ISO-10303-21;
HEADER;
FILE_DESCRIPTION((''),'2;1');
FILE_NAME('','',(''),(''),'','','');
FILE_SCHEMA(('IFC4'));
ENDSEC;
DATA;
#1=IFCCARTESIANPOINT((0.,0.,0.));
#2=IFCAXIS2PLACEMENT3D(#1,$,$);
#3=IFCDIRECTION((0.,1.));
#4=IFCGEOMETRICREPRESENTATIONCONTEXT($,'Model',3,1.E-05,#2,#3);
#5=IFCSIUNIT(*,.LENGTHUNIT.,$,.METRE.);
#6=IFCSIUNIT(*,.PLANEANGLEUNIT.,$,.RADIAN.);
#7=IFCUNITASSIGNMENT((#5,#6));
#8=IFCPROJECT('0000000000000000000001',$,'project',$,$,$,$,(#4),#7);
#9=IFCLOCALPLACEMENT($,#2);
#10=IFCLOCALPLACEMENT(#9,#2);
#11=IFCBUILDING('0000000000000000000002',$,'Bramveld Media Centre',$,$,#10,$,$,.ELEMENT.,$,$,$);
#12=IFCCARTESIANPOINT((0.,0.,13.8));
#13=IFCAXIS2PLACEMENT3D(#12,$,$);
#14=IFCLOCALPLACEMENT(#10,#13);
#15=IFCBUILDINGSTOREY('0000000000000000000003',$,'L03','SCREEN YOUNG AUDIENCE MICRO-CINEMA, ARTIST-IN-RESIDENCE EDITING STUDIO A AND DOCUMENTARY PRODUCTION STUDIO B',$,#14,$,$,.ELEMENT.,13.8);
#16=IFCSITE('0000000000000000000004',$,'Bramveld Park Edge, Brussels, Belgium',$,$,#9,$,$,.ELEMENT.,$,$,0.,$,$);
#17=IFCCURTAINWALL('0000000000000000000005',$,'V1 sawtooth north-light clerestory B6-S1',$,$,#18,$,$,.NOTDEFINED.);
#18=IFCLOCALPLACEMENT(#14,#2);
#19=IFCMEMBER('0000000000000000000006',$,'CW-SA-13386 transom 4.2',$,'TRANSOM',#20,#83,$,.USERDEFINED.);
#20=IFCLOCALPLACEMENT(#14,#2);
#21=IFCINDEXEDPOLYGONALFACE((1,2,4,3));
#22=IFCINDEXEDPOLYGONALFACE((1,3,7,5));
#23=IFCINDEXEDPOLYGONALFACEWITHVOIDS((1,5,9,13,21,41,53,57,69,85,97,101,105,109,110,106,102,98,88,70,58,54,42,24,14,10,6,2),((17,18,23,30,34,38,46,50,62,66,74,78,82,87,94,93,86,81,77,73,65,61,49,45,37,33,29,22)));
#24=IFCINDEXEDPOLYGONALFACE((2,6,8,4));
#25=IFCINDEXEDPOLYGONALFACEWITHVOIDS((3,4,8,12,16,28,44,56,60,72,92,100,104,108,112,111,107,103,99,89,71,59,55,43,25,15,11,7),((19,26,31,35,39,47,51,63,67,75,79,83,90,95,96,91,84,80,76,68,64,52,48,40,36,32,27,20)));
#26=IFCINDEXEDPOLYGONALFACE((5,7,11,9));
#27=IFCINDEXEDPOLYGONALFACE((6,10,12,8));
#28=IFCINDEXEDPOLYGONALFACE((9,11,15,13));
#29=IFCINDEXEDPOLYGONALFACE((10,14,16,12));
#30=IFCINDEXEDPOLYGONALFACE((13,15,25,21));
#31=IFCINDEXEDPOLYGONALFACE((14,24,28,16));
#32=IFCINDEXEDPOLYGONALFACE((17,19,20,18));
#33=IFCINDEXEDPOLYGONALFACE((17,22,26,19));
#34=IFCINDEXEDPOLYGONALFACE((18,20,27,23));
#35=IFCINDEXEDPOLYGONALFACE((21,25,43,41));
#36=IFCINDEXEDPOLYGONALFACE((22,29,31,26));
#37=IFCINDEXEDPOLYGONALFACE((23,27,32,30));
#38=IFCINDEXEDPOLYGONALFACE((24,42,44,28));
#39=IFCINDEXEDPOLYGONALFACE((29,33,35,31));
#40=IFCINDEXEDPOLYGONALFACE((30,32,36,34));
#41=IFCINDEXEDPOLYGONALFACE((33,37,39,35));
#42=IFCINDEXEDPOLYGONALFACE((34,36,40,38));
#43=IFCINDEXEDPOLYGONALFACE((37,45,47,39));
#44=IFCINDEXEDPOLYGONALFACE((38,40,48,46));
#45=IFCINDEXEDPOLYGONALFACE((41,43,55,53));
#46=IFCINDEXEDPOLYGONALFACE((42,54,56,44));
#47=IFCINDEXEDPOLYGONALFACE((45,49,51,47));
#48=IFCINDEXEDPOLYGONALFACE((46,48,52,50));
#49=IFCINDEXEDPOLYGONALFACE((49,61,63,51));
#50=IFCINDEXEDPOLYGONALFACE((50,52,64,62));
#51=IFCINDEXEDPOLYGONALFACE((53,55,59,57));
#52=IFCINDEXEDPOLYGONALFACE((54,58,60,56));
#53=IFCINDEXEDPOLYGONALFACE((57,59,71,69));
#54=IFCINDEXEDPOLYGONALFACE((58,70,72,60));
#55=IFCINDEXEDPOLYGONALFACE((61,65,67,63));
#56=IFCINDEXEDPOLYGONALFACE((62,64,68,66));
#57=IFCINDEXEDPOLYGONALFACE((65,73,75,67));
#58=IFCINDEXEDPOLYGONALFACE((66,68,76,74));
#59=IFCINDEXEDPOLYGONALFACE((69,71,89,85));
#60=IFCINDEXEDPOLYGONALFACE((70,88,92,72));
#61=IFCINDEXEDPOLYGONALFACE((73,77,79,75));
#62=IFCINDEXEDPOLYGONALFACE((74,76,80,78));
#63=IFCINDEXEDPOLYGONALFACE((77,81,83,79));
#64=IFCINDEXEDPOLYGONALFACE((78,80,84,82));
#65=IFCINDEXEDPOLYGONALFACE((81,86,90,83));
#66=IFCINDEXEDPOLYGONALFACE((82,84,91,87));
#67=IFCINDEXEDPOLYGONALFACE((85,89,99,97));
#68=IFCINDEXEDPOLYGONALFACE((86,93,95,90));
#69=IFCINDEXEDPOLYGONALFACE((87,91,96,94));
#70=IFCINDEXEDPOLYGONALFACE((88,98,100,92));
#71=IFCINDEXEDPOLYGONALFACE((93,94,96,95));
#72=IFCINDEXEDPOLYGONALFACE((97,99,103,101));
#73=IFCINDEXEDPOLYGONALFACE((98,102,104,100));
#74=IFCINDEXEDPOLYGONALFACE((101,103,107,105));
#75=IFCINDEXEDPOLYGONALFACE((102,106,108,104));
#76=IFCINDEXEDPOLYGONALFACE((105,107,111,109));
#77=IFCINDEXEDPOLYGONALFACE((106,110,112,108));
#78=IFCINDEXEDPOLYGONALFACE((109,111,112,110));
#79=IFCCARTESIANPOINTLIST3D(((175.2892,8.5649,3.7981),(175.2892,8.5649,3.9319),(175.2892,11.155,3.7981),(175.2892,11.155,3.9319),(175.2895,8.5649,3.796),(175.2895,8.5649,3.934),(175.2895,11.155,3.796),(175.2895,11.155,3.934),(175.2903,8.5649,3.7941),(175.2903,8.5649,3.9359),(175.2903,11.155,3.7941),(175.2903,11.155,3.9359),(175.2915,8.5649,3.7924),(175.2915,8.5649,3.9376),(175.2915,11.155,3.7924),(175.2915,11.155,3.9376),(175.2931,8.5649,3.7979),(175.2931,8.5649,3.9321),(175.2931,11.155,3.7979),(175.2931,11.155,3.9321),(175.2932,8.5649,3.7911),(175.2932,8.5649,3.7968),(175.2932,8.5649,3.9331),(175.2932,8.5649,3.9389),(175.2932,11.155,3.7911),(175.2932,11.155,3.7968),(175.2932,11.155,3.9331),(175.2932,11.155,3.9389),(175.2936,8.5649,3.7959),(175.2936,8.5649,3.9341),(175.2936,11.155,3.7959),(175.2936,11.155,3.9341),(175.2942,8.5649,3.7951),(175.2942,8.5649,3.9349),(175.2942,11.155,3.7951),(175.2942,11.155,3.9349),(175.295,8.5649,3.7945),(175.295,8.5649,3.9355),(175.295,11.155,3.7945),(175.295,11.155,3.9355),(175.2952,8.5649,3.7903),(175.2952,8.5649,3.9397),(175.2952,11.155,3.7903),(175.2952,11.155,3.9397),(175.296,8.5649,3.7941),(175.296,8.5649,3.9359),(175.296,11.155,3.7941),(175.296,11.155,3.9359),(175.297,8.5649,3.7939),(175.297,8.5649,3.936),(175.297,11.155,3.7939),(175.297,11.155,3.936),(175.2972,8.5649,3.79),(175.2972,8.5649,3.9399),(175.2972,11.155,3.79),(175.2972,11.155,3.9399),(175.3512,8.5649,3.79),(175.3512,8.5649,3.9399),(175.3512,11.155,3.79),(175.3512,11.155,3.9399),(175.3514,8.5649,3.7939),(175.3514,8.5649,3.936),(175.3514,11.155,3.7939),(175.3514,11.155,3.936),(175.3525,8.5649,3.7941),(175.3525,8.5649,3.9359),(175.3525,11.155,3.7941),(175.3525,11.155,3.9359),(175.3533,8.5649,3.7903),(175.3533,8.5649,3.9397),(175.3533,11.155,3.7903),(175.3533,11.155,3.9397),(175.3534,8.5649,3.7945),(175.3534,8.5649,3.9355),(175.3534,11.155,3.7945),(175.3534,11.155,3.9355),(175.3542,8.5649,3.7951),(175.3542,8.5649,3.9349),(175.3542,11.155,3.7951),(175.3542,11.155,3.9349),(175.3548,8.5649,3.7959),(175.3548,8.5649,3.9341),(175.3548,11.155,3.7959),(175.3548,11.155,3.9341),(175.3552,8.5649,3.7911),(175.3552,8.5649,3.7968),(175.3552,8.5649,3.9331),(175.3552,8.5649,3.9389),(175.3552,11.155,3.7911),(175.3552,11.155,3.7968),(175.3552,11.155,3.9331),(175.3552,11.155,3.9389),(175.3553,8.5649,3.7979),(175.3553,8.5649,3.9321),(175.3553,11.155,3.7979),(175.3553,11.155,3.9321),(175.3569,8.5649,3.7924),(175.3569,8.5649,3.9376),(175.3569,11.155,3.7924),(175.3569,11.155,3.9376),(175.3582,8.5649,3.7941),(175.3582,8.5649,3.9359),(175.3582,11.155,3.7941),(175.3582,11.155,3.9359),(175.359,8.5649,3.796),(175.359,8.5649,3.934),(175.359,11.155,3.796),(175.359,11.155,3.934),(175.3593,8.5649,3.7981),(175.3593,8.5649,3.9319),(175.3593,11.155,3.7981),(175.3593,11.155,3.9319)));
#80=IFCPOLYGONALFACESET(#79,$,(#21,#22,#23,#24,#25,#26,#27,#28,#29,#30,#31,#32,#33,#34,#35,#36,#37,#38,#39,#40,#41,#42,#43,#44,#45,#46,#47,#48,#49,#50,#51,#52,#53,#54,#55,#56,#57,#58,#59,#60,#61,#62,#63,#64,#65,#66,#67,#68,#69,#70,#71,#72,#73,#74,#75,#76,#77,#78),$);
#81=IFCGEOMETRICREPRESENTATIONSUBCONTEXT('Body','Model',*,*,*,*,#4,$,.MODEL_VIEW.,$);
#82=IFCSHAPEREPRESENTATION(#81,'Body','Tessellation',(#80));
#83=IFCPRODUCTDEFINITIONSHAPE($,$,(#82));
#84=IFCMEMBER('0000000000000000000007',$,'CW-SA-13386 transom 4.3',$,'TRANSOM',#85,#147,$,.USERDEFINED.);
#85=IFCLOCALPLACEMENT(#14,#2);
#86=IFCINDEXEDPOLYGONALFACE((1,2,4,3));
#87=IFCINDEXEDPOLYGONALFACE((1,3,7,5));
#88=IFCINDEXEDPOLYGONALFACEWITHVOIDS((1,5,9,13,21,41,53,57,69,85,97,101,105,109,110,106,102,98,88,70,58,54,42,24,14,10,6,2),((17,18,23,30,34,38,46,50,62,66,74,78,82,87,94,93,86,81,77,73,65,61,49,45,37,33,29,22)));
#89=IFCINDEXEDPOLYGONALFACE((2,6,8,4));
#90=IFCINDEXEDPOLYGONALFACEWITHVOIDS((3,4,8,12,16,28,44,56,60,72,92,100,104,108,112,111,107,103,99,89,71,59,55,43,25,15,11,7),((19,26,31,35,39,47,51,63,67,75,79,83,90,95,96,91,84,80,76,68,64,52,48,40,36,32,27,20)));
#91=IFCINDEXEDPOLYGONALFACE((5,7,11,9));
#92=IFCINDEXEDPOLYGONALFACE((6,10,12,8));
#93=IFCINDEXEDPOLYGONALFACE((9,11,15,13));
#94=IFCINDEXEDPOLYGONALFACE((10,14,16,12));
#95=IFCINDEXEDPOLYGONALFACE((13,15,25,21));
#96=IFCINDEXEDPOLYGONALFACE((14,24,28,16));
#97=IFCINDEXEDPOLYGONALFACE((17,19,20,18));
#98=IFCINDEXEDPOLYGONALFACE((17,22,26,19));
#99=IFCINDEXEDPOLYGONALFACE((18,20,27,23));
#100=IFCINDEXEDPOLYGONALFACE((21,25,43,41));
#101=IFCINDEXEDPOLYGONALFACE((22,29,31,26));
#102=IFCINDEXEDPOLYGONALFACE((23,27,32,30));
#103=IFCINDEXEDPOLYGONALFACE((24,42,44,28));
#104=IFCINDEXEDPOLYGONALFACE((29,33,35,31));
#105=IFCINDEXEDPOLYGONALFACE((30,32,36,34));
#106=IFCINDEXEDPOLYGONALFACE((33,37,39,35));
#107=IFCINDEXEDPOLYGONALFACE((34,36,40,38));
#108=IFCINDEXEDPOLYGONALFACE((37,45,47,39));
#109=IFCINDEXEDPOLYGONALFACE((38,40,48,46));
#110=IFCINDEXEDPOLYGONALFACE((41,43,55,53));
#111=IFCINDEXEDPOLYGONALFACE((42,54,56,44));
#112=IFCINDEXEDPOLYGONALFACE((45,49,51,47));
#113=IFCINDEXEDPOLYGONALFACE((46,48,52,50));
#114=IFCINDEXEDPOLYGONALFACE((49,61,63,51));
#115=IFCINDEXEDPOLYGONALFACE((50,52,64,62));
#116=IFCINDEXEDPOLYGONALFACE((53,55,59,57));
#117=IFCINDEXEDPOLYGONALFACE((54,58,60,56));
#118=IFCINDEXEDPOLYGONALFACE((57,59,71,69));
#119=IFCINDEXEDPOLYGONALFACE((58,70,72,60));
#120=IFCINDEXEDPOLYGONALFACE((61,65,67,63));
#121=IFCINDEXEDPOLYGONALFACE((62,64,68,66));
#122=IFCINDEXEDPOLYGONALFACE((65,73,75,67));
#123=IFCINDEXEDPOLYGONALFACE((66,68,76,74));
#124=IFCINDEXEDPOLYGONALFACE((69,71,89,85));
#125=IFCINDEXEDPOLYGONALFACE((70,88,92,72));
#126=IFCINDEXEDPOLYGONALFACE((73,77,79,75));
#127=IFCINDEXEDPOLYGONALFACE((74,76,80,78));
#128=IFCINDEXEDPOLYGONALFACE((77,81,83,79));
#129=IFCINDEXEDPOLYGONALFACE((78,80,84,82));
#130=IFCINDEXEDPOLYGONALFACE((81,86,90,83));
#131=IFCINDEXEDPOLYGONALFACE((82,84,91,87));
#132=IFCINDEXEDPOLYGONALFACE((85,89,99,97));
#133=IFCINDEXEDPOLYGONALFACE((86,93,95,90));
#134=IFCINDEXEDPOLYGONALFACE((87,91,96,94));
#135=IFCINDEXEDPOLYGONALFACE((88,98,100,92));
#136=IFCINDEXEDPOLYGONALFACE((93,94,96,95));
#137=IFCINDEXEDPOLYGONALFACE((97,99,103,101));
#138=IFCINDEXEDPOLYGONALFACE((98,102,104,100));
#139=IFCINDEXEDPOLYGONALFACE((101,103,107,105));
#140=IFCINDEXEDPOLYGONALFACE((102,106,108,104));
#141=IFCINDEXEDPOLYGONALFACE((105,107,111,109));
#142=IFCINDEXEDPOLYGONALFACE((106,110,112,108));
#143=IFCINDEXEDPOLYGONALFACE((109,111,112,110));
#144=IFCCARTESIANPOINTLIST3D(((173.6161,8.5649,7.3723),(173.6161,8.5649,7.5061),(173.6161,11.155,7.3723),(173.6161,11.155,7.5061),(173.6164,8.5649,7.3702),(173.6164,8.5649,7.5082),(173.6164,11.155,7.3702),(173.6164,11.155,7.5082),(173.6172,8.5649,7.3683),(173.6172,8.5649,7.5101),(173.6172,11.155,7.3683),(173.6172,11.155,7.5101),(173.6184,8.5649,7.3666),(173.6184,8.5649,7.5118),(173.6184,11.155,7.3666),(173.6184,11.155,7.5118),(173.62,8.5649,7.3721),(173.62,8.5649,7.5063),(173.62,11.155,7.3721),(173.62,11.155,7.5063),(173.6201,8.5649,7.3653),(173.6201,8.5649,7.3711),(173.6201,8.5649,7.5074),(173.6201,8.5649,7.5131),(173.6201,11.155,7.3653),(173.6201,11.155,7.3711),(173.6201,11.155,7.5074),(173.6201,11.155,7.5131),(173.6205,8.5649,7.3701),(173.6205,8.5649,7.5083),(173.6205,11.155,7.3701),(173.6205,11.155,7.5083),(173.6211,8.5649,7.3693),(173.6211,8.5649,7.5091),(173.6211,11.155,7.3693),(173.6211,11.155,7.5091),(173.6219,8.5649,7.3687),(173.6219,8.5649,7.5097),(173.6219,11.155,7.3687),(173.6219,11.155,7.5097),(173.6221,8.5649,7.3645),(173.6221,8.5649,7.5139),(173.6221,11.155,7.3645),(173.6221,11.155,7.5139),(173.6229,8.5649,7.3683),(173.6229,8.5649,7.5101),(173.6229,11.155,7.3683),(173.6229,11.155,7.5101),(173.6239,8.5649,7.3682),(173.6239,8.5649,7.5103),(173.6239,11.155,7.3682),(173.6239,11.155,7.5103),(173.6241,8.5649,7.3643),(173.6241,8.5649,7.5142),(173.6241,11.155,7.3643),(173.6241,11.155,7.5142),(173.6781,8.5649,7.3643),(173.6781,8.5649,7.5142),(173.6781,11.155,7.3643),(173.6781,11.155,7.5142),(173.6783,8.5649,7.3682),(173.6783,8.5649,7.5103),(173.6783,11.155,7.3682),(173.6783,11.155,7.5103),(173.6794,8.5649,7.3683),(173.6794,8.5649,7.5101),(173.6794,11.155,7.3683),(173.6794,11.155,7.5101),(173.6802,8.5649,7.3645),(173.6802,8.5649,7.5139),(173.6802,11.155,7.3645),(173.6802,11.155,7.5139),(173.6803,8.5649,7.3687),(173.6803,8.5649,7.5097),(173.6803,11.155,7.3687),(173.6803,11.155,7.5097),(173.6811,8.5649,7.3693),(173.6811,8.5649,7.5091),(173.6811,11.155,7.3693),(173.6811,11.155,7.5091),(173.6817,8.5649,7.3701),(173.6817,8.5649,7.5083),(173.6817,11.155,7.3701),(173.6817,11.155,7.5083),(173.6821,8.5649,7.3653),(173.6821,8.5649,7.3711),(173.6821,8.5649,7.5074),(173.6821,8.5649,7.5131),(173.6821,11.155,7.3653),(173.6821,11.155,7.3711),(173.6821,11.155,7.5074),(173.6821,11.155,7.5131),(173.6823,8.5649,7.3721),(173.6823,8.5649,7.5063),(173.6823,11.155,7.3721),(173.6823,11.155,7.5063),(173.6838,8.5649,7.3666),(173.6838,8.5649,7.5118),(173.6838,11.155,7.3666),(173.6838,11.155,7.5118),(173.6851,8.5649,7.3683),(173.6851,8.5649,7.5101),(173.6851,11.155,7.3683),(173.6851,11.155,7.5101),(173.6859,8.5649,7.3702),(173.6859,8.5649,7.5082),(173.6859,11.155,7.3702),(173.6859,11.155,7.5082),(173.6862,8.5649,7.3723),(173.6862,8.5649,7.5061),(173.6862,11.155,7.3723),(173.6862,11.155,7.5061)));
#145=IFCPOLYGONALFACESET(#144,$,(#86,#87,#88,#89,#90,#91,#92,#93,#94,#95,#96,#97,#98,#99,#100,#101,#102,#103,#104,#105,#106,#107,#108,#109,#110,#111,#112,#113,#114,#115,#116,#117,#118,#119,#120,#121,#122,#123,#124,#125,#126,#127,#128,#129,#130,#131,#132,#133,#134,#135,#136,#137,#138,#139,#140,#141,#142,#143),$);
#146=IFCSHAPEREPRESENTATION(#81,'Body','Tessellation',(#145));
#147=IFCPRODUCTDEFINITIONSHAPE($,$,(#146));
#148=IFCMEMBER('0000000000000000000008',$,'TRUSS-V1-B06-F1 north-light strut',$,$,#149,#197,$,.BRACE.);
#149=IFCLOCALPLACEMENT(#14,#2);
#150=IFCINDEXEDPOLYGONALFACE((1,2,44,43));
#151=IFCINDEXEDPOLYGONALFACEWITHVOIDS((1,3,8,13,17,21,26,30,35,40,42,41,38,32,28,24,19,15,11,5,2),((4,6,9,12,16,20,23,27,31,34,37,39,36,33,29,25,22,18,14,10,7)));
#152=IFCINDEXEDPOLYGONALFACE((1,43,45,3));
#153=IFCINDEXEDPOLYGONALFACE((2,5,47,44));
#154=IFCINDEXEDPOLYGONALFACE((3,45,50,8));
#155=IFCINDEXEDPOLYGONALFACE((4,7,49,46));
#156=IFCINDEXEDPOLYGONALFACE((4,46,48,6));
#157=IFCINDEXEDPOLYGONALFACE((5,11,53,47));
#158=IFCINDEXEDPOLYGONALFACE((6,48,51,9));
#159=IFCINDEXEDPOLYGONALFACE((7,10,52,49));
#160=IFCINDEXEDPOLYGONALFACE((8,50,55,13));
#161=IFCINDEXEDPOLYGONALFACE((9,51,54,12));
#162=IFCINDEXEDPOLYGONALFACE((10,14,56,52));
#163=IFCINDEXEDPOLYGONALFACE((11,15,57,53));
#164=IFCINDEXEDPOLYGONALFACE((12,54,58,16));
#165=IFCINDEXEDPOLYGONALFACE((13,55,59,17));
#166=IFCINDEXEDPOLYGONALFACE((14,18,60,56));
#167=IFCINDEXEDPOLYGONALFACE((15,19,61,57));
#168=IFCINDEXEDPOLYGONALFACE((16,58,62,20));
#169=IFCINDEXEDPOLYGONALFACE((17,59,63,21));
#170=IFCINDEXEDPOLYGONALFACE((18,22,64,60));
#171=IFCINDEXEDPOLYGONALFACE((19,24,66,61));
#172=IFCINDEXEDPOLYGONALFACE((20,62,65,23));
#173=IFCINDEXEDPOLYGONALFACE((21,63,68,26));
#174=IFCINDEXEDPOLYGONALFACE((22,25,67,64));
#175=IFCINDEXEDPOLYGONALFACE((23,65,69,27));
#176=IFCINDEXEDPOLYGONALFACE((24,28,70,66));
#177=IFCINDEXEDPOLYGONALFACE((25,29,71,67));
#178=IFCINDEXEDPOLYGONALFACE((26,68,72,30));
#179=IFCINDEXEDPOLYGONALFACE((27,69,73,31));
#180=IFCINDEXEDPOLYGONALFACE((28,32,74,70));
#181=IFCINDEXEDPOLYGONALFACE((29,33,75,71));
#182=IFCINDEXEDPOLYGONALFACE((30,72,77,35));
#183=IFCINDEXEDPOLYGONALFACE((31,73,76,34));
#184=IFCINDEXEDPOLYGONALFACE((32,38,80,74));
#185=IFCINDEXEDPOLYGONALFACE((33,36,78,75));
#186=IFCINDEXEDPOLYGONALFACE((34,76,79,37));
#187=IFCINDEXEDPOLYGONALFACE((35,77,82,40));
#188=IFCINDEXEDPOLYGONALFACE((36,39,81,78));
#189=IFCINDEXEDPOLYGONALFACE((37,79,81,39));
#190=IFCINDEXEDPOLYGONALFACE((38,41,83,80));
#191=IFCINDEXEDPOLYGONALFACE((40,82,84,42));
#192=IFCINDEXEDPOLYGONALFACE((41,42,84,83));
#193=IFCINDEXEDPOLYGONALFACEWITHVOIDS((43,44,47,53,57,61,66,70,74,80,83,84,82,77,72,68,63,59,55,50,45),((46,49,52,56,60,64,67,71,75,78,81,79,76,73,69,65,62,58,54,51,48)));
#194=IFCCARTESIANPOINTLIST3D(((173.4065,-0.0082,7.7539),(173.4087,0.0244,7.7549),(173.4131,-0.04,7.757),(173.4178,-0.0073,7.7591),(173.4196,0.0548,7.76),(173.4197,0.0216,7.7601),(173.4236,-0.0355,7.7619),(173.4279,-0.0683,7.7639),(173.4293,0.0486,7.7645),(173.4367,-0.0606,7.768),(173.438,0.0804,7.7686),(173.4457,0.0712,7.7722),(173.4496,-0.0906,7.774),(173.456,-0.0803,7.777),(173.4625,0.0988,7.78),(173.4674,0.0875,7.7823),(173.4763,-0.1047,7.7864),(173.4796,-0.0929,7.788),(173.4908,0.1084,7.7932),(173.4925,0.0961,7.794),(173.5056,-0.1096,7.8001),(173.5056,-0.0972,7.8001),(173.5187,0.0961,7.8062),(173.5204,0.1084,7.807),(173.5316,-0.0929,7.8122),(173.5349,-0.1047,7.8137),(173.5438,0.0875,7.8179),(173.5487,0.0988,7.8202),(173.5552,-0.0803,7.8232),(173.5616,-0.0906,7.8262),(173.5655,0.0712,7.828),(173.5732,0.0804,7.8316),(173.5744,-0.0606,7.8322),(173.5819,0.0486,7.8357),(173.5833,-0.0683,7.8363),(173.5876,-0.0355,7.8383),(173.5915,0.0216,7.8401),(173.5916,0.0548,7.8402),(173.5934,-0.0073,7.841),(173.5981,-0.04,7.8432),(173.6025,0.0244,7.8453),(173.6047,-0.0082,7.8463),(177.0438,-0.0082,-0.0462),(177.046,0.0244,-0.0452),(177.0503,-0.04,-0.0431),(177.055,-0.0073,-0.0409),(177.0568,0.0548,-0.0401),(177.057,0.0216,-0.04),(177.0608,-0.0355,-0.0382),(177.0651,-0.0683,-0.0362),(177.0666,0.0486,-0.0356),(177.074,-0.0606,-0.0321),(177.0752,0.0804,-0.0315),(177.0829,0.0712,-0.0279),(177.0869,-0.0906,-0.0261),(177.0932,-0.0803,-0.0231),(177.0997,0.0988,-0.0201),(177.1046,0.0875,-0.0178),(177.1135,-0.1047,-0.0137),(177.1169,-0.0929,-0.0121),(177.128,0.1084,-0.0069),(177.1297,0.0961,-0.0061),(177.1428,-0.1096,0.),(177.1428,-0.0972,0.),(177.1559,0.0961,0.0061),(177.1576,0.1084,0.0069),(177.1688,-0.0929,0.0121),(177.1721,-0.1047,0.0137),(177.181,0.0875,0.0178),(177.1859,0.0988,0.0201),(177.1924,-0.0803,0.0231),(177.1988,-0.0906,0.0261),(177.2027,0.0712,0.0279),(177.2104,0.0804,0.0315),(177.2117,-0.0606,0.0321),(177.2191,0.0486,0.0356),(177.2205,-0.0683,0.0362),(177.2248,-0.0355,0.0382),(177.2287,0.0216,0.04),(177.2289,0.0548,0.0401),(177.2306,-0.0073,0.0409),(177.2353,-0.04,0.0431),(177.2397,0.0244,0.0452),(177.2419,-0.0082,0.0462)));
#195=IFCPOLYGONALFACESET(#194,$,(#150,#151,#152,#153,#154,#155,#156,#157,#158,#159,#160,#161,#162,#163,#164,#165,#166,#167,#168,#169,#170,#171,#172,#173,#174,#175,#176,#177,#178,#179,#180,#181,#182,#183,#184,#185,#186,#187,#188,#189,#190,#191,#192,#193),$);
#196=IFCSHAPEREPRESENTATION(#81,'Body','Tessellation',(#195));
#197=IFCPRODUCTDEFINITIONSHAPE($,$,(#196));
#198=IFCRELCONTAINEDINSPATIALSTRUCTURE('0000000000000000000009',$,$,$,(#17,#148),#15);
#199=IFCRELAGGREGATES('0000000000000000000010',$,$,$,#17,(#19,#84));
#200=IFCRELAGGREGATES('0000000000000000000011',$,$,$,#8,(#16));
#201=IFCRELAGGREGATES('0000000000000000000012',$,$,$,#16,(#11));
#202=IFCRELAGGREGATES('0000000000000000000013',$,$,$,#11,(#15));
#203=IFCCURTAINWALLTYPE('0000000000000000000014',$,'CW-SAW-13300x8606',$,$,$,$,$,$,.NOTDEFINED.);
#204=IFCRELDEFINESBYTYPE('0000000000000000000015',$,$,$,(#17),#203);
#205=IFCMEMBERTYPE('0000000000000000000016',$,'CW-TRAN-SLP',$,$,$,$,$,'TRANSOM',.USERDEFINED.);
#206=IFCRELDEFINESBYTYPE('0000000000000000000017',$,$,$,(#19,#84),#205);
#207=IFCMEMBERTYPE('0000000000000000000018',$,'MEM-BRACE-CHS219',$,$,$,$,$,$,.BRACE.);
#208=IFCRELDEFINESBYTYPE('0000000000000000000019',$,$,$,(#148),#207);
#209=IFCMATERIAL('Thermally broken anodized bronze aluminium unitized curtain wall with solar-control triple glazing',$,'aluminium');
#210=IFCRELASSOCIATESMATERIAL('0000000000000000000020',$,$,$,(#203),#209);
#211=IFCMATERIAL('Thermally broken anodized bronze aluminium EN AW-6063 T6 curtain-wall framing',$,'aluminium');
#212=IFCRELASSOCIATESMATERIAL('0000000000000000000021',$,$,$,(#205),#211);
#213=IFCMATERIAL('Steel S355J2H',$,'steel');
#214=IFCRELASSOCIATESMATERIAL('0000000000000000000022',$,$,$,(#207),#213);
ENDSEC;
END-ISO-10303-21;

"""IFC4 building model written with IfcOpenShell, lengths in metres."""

from ifc_helpers import new_model, si_unit, direction, frame, origin, origin_2d, place, context, subcontext, project, spatial, hollow_rectangle, hollow_circle, extrude, material, material_profile, profile_set, type_object, element, aggregate, save


model = new_model("IFC4")

# Units and contexts
model_context = context("Model", 3, precision=1e-05, world=origin(), true_north=direction((0.0, 1.0)))
body_context = subcontext(model_context, "Body", "Model", "MODEL_VIEW")
ifc_project = project(units=[si_unit("LENGTHUNIT", "METRE"), si_unit("PLANEANGLEUNIT", "RADIAN")], contexts=[model_context])

# Site, building, storey
site_placement = place(None, origin())
site = spatial("IfcSite", under=ifc_project, at=site_placement, Name="Bramveld Park Edge, Brussels, Belgium", CompositionType="ELEMENT", RefElevation=0.0)
building_placement = place(site_placement, origin())
building = spatial("IfcBuilding", under=site, at=building_placement, Name="Bramveld Media Centre", CompositionType="ELEMENT")
storey_placement = place(building_placement, frame((0.0, 0.0, 13.8)))
storey = spatial("IfcBuildingStorey", under=building, at=storey_placement, Name="L03", Description="SCREEN YOUNG AUDIENCE MICRO-CINEMA, ARTIST-IN-RESIDENCE EDITING STUDIO A AND DOCUMENTARY PRODUCTION STUDIO B", CompositionType="ELEMENT", Elevation=13.8)

# Curtain wall, members
ifc_material_1 = material(Name="Thermally broken anodized bronze aluminium unitized curtain wall with solar-control triple glazing", Category="aluminium")
curtain_wall_type = type_object("IfcCurtainWallType", Name="CW-SAW-13300x8606", PredefinedType="NOTDEFINED", material=ifc_material_1)
curtain_wall_placement = place(storey_placement, origin())
curtain_wall = element("IfcCurtainWall", 1, at=curtain_wall_placement, inside=storey, type_object=curtain_wall_type, Name="V1 sawtooth north-light clerestory B6-S1", PredefinedType="NOTDEFINED")
ifc_material_2 = material(Name="Thermally broken anodized bronze aluminium EN AW-6063 T6 curtain-wall framing", Category="aluminium")
ifc_material_profile_1 = material_profile(ifc_material_2, hollow_rectangle(XDim=0.0701, YDim=0.1499, WallThickness=0.0039, InnerFilletRadius=0.0039, OuterFilletRadius=0.0081, at=origin_2d()), Name="AL-TRAN 70x150")
ifc_profile_set_1 = profile_set([ifc_material_profile_1], Name="Thermally broken anodized bronze aluminium EN AW-6063 T6 curtain-wall framing")
member_type_1 = type_object("IfcMemberType", Name="CW-TRAN-SLP", ElementType="TRANSOM", PredefinedType="USERDEFINED", material=ifc_profile_set_1)
member_1_placement = place(storey_placement, frame((175.3242, 8.5649, 3.865), z_axis=(0.0, 1.0, 0.0), x_axis=(-1.0, 0.0, 0.0)))
member_1 = element("IfcMember", 2, at=member_1_placement, type_object=member_type_1, Name="CW-SA-13386 transom 4.2", ObjectType="TRANSOM", PredefinedType="USERDEFINED", context=body_context, shape_type="SweptSolid", body=[
    extrude(hollow_rectangle(XDim=0.0701, YDim=0.1499, WallThickness=0.0039, InnerFilletRadius=0.0039, OuterFilletRadius=0.0081, at=origin_2d()), origin(), (0.0, 0.0, 1.0), 2.5901),
])
member_2_placement = place(storey_placement, frame((173.6511, 8.5649, 7.4392), z_axis=(0.0, 1.0, 0.0), x_axis=(-1.0, 0.0, 0.0)))
member_2 = element("IfcMember", 3, at=member_2_placement, type_object=member_type_1, Name="CW-SA-13386 transom 4.3", ObjectType="TRANSOM", PredefinedType="USERDEFINED", context=body_context, shape_type="SweptSolid", body=[
    extrude(hollow_rectangle(XDim=0.0701, YDim=0.1499, WallThickness=0.0039, InnerFilletRadius=0.0039, OuterFilletRadius=0.0081, at=origin_2d()), origin(), (0.0, 0.0, 1.0), 2.5901),
])

# Member
ifc_material_3 = material(Name="Steel S355J2H", Category="steel")
ifc_material_profile_2 = material_profile(ifc_material_3, hollow_circle(Radius=0.1096, WallThickness=0.0125, at=origin_2d()), Name="CHS 219.1x12.5")
ifc_profile_set_2 = profile_set([ifc_material_profile_2], Name="Steel S355J2H")
member_type_2 = type_object("IfcMemberType", Name="MEM-BRACE-CHS219", PredefinedType="BRACE", material=ifc_profile_set_2)
for number, where, z_axis, x_axis, name in (
    (4, (177.1428, 0.0, 0.0), (-0.422617, 0.0, 0.906308), (0.0, -1.0, 0.0), "TRUSS-V1-B06-F1 north-light strut"),
):
    element("IfcMember", number, at=place(storey_placement, frame(where, z_axis=z_axis, x_axis=x_axis)), inside=storey, type_object=member_type_2, Name=name, PredefinedType="BRACE", context=body_context, shape_type="SweptSolid", body=[
        extrude(hollow_circle(Radius=0.1096, WallThickness=0.0125, at=origin_2d()), origin(), (0.0, 0.0, 1.0), 8.6064),
    ])

aggregate(curtain_wall, [member_1, member_2])

save(model, "model.ifc")
